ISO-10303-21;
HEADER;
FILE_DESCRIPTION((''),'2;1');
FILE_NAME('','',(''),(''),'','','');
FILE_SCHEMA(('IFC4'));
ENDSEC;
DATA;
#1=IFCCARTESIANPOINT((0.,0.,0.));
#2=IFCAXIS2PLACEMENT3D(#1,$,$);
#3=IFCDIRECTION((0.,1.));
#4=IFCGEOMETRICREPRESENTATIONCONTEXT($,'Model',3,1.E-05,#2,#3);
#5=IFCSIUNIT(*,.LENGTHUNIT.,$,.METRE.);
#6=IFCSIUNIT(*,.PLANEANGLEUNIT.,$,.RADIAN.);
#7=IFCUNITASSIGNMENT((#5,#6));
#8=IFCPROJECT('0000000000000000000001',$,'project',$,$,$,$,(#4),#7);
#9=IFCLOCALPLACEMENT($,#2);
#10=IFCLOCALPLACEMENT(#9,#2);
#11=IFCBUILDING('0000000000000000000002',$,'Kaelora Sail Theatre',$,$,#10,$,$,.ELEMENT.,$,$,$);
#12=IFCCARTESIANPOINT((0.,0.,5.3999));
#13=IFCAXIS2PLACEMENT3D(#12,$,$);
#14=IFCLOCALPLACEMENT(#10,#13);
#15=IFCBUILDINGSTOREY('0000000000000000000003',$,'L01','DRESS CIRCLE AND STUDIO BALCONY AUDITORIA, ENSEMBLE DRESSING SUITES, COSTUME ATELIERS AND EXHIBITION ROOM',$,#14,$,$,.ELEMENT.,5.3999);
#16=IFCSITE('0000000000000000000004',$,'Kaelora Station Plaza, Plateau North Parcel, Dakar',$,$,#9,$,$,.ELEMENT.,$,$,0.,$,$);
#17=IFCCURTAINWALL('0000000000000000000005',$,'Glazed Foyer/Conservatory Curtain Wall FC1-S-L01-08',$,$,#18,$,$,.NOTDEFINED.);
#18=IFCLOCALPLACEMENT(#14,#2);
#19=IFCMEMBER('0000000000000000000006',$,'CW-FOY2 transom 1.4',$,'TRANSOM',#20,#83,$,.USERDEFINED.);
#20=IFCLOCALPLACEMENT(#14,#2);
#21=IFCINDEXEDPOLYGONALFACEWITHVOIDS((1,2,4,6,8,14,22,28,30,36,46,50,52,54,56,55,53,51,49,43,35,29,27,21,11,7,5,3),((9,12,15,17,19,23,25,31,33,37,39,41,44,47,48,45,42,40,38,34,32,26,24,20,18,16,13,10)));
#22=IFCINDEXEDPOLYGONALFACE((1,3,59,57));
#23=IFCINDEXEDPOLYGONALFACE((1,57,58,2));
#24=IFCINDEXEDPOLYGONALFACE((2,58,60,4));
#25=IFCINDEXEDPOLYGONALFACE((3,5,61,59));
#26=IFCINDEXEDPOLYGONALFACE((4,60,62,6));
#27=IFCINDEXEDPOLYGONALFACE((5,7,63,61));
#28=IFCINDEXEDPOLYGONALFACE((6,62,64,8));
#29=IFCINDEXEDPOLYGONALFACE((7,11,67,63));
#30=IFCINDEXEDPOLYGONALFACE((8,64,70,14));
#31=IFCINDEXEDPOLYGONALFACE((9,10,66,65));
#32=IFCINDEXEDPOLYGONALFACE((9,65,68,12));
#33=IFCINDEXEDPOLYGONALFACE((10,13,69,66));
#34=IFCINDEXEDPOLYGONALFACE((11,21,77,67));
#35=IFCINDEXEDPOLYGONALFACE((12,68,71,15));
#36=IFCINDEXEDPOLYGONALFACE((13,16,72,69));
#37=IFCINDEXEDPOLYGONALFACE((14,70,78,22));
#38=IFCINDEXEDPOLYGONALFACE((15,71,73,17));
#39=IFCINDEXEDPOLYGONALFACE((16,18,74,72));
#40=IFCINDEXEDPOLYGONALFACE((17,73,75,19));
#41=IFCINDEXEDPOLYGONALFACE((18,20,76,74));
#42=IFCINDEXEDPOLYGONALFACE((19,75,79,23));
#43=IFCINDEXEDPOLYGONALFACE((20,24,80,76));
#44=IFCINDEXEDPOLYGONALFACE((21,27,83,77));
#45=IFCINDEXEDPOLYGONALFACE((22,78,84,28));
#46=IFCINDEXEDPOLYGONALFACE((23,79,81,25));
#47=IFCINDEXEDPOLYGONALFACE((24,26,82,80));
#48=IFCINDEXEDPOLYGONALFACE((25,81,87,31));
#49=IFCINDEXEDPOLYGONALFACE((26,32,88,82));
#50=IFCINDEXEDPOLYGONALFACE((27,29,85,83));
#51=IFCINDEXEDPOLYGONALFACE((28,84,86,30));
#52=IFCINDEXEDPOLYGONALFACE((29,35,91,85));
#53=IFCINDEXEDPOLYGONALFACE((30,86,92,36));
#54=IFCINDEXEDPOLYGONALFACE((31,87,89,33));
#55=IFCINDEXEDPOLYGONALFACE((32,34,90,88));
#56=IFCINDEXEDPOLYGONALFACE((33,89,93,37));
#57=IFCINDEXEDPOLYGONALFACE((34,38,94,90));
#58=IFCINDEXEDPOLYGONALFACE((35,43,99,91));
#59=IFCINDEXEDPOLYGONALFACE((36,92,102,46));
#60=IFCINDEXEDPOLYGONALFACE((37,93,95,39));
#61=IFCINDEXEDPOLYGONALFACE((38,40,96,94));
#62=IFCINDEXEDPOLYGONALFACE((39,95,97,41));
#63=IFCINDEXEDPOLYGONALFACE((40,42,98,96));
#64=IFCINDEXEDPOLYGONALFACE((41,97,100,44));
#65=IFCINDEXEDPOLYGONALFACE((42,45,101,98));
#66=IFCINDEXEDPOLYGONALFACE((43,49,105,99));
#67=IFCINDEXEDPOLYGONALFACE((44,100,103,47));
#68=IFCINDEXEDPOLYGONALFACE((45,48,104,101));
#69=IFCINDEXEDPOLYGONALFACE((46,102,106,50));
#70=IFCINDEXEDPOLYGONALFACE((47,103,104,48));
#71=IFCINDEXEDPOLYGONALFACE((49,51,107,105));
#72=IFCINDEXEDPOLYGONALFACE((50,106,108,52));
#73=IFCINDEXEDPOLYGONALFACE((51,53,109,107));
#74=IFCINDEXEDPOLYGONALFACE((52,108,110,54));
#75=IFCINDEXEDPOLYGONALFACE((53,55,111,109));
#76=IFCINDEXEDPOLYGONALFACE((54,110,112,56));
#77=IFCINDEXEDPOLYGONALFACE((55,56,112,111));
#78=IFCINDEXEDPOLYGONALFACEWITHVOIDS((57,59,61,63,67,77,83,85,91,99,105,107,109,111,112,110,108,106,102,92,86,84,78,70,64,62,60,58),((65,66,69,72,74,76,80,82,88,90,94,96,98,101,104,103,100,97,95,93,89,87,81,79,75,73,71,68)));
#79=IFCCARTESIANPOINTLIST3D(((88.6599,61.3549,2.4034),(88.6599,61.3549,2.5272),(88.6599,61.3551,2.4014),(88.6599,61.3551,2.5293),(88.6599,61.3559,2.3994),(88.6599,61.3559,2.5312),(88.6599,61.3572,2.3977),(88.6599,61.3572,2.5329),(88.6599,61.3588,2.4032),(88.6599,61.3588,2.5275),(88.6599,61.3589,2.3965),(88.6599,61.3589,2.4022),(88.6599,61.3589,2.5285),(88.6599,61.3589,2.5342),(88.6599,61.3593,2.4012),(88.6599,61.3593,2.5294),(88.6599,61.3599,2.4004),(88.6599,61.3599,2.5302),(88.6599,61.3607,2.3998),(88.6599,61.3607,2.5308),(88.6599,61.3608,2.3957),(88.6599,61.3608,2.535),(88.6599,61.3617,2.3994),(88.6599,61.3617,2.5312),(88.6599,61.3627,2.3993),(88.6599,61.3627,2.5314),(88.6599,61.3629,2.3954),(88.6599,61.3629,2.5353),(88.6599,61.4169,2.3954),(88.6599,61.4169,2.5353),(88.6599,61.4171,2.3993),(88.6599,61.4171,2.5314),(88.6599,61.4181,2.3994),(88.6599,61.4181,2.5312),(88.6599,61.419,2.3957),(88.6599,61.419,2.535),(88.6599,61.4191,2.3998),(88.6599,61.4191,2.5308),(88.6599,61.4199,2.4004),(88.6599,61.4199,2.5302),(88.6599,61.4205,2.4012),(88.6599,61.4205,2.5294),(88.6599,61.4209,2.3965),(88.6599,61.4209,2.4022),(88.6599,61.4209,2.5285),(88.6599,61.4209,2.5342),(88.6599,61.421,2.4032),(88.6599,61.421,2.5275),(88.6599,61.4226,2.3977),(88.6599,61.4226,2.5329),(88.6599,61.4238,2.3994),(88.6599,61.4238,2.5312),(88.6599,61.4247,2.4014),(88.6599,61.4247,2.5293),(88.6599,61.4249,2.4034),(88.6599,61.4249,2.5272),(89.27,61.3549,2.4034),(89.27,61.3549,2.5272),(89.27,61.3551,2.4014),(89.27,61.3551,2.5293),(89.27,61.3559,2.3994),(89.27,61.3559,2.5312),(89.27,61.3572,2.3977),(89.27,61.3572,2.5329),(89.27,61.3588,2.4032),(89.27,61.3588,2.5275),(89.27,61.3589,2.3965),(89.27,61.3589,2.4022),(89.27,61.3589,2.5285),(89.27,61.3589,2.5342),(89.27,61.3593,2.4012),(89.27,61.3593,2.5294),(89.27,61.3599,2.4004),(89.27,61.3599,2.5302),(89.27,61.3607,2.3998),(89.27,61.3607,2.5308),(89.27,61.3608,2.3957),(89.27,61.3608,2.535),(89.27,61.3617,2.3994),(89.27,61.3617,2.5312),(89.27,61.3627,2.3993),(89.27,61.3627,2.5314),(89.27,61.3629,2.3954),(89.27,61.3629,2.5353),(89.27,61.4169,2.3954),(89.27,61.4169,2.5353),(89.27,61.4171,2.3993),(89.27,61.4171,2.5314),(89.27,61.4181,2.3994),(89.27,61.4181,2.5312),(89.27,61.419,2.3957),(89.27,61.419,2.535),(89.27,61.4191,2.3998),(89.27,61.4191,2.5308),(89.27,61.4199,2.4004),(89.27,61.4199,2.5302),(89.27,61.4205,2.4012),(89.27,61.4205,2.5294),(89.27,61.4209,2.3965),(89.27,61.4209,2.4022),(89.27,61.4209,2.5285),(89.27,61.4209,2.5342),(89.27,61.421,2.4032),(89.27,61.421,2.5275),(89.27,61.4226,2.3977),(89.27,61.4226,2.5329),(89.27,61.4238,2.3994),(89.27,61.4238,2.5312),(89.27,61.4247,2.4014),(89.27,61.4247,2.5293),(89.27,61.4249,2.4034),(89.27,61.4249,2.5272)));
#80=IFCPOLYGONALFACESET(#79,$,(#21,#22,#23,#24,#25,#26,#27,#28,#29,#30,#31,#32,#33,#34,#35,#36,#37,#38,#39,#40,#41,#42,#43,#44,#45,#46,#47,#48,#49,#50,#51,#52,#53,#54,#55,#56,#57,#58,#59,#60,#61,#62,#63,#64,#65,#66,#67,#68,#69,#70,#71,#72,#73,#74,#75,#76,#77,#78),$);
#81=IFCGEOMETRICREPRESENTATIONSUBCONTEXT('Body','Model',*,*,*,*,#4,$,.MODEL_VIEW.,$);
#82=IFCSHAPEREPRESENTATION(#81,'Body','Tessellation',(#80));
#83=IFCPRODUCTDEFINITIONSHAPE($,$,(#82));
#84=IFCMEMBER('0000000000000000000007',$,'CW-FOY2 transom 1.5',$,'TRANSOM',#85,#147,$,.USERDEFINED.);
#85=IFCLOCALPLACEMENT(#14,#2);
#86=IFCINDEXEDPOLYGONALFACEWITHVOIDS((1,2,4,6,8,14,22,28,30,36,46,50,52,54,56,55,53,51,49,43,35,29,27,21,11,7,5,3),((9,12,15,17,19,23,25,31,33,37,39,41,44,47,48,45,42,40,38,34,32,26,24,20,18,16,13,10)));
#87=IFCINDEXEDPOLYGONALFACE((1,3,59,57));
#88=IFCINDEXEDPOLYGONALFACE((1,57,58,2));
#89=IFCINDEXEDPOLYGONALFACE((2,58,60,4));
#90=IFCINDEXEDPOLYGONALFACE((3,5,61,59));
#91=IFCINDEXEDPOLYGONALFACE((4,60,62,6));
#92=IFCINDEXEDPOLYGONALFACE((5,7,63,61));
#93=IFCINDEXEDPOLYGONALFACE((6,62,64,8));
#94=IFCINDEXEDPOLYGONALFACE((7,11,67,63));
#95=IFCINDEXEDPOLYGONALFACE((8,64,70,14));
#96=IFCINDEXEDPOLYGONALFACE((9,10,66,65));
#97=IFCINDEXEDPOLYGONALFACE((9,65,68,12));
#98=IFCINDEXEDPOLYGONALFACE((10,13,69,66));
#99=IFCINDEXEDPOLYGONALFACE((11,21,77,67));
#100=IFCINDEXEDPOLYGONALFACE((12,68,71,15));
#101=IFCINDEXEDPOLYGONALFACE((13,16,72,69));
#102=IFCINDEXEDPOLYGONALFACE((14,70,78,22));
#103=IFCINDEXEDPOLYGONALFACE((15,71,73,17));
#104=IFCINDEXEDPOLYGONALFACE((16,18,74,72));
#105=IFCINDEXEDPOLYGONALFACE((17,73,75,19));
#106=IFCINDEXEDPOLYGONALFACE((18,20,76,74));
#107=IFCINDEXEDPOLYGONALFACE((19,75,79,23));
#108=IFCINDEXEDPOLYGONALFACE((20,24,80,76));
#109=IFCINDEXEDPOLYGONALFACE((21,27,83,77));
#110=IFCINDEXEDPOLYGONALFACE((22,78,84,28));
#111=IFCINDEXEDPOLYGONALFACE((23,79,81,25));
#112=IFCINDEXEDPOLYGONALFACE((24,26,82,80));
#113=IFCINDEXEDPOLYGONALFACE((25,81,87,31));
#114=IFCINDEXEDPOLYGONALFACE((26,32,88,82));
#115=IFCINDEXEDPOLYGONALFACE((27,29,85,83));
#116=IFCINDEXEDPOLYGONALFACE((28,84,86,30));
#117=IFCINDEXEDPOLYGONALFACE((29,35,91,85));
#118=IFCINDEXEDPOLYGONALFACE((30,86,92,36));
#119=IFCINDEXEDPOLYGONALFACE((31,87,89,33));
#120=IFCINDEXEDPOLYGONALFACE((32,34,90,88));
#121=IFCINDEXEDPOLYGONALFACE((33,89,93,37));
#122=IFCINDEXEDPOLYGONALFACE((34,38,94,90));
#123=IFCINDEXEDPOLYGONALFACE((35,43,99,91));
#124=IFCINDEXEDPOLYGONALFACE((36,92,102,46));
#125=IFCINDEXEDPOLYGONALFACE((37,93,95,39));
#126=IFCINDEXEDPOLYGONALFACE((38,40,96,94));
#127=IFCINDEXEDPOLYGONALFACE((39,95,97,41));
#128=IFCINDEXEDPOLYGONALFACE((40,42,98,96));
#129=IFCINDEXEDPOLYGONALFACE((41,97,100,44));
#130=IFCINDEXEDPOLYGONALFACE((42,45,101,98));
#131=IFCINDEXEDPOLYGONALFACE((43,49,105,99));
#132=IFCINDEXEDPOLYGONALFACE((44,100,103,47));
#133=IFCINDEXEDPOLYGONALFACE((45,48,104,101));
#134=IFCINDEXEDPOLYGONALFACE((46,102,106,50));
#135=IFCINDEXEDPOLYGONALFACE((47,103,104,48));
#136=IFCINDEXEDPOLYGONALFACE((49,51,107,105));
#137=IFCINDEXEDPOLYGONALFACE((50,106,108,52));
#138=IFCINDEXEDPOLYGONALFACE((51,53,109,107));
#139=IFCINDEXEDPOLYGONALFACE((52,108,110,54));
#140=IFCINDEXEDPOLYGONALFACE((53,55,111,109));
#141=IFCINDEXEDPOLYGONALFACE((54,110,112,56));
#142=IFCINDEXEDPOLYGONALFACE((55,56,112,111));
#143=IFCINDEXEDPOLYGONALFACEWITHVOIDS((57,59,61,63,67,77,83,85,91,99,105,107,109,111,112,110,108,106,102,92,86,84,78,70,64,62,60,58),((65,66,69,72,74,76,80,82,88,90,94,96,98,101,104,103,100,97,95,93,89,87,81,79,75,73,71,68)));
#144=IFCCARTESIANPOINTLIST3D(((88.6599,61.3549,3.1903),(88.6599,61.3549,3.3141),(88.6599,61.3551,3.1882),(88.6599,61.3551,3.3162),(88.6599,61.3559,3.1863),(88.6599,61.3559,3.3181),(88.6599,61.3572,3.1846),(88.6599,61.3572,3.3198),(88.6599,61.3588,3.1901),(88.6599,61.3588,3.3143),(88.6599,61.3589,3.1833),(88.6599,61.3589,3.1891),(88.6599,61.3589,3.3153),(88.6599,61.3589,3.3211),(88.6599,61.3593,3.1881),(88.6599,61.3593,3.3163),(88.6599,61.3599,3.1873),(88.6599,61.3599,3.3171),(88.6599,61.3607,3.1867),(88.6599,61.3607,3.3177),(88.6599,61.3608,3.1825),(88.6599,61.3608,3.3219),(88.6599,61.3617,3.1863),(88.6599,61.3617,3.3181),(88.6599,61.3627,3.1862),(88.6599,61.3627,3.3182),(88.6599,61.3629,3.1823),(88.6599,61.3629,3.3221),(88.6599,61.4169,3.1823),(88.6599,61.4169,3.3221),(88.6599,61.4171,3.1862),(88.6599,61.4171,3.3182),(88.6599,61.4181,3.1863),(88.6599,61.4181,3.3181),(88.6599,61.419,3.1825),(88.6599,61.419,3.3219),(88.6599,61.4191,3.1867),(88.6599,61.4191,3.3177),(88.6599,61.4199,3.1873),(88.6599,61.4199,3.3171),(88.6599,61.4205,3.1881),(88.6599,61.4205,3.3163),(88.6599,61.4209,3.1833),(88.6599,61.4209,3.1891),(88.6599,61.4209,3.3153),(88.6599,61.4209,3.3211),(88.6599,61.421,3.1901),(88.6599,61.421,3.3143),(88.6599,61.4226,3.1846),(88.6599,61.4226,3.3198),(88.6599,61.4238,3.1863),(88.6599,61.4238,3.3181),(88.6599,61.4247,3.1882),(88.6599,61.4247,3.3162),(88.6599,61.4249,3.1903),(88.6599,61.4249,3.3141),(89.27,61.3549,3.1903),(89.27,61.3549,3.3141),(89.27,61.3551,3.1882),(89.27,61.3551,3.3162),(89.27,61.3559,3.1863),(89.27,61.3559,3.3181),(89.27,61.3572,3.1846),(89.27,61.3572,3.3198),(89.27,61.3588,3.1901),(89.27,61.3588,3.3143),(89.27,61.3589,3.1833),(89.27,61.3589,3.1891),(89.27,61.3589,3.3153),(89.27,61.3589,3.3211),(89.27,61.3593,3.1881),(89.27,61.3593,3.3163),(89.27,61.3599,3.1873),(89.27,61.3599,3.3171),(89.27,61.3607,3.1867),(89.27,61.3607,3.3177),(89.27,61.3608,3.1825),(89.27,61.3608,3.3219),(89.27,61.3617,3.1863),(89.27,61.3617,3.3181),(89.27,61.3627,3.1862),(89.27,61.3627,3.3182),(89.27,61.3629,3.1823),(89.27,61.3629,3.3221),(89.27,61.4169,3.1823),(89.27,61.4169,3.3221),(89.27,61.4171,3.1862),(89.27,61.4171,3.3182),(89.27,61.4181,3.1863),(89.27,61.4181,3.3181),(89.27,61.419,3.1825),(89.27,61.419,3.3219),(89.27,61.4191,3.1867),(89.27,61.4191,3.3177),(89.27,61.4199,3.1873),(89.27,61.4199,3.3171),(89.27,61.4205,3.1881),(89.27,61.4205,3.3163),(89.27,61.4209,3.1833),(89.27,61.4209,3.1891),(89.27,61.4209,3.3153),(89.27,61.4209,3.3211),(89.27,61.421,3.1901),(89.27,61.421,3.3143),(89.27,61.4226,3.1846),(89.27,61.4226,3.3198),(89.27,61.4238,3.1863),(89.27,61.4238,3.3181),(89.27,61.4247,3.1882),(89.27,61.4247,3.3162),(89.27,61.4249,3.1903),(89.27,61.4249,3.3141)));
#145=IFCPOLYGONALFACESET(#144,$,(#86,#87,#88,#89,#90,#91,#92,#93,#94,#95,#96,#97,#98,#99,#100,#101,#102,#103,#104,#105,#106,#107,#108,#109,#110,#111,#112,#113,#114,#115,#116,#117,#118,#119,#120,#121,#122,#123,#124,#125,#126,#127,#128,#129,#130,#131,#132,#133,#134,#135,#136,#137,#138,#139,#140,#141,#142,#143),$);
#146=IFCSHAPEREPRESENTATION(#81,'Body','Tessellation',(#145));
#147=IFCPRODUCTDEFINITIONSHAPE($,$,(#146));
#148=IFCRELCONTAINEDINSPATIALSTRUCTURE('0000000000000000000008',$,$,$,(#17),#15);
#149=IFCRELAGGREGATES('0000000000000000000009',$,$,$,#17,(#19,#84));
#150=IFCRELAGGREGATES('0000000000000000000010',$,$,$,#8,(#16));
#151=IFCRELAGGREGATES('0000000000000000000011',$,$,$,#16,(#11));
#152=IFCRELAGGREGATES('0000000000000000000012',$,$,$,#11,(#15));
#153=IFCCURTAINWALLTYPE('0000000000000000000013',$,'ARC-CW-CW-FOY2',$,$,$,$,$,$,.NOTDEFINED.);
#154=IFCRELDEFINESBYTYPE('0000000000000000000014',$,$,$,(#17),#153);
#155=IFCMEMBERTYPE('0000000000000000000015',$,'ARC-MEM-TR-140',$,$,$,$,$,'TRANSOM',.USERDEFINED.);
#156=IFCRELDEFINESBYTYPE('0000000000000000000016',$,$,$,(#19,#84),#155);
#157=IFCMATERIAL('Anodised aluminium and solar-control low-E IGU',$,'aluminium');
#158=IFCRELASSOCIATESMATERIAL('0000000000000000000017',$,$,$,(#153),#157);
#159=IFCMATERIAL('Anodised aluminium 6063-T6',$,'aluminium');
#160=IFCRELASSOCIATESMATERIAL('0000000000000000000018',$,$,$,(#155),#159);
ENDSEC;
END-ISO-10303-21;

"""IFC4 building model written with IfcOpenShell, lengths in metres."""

from ifc_helpers import new_model, si_unit, direction, frame, origin, origin_2d, place, context, subcontext, project, spatial, hollow_rectangle, extrude, material, material_profile, profile_set, type_object, element, aggregate, save


model = new_model("IFC4")

# Units and contexts
model_context = context("Model", 3, precision=1e-05, world=origin(), true_north=direction((0.0, 1.0)))
body_context = subcontext(model_context, "Body", "Model", "MODEL_VIEW")
ifc_project = project(units=[si_unit("LENGTHUNIT", "METRE"), si_unit("PLANEANGLEUNIT", "RADIAN")], contexts=[model_context])

# Site, building, storey
site_placement = place(None, origin())
site = spatial("IfcSite", under=ifc_project, at=site_placement, Name="Kaelora Station Plaza, Plateau North Parcel, Dakar", CompositionType="ELEMENT", RefElevation=0.0)
building_placement = place(site_placement, origin())
building = spatial("IfcBuilding", under=site, at=building_placement, Name="Kaelora Sail Theatre", CompositionType="ELEMENT")
storey_placement = place(building_placement, frame((0.0, 0.0, 5.3999)))
storey = spatial("IfcBuildingStorey", under=building, at=storey_placement, Name="L01", Description="DRESS CIRCLE AND STUDIO BALCONY AUDITORIA, ENSEMBLE DRESSING SUITES, COSTUME ATELIERS AND EXHIBITION ROOM", CompositionType="ELEMENT", Elevation=5.3999)

# Curtain wall, members
ifc_material_1 = material(Name="Anodised aluminium and solar-control low-E IGU", Category="aluminium")
curtain_wall_type = type_object("IfcCurtainWallType", Name="ARC-CW-CW-FOY2", PredefinedType="NOTDEFINED", material=ifc_material_1)
curtain_wall_placement = place(storey_placement, origin())
curtain_wall = element("IfcCurtainWall", 1, at=curtain_wall_placement, inside=storey, type_object=curtain_wall_type, Name="Glazed Foyer/Conservatory Curtain Wall FC1-S-L01-08", PredefinedType="NOTDEFINED")
ifc_material_2 = material(Name="Anodised aluminium 6063-T6", Category="aluminium")
ifc_material_profile_1 = material_profile(ifc_material_2, hollow_rectangle(XDim=0.0701, YDim=0.1399, WallThickness=0.0039, InnerFilletRadius=0.0039, OuterFilletRadius=0.0081, at=origin_2d()), Name="ALU-TRAN 70x140x4")
ifc_profile_set_1 = profile_set([ifc_material_profile_1], Name="Anodised aluminium 6063-T6")
member_type_1 = type_object("IfcMemberType", Name="ARC-MEM-TR-140", ElementType="TRANSOM", PredefinedType="USERDEFINED", material=ifc_profile_set_1)
member_1_placement = place(storey_placement, frame((88.6599, 61.3899, 2.4653), z_axis=(1.0, 0.0, 0.0), x_axis=(0.0, 1.0, 0.0)))
member_1 = element("IfcMember", 2, at=member_1_placement, type_object=member_type_1, Name="CW-FOY2 transom 1.4", ObjectType="TRANSOM", PredefinedType="USERDEFINED", context=body_context, shape_type="SweptSolid", body=[
    extrude(hollow_rectangle(XDim=0.0701, YDim=0.1399, WallThickness=0.0039, InnerFilletRadius=0.0039, OuterFilletRadius=0.0081, at=origin_2d()), origin(), (0.0, 0.0, 1.0), 0.6101),
])
member_2_placement = place(storey_placement, frame((88.6599, 61.3899, 3.2522), z_axis=(1.0, 0.0, 0.0), x_axis=(0.0, 1.0, 0.0)))
member_2 = element("IfcMember", 3, at=member_2_placement, type_object=member_type_1, Name="CW-FOY2 transom 1.5", ObjectType="TRANSOM", PredefinedType="USERDEFINED", context=body_context, shape_type="SweptSolid", body=[
    extrude(hollow_rectangle(XDim=0.0701, YDim=0.1399, WallThickness=0.0039, InnerFilletRadius=0.0039, OuterFilletRadius=0.0081, at=origin_2d()), origin(), (0.0, 0.0, 1.0), 0.6101),
])

aggregate(curtain_wall, [member_1, member_2])

save(model, "model.ifc")
